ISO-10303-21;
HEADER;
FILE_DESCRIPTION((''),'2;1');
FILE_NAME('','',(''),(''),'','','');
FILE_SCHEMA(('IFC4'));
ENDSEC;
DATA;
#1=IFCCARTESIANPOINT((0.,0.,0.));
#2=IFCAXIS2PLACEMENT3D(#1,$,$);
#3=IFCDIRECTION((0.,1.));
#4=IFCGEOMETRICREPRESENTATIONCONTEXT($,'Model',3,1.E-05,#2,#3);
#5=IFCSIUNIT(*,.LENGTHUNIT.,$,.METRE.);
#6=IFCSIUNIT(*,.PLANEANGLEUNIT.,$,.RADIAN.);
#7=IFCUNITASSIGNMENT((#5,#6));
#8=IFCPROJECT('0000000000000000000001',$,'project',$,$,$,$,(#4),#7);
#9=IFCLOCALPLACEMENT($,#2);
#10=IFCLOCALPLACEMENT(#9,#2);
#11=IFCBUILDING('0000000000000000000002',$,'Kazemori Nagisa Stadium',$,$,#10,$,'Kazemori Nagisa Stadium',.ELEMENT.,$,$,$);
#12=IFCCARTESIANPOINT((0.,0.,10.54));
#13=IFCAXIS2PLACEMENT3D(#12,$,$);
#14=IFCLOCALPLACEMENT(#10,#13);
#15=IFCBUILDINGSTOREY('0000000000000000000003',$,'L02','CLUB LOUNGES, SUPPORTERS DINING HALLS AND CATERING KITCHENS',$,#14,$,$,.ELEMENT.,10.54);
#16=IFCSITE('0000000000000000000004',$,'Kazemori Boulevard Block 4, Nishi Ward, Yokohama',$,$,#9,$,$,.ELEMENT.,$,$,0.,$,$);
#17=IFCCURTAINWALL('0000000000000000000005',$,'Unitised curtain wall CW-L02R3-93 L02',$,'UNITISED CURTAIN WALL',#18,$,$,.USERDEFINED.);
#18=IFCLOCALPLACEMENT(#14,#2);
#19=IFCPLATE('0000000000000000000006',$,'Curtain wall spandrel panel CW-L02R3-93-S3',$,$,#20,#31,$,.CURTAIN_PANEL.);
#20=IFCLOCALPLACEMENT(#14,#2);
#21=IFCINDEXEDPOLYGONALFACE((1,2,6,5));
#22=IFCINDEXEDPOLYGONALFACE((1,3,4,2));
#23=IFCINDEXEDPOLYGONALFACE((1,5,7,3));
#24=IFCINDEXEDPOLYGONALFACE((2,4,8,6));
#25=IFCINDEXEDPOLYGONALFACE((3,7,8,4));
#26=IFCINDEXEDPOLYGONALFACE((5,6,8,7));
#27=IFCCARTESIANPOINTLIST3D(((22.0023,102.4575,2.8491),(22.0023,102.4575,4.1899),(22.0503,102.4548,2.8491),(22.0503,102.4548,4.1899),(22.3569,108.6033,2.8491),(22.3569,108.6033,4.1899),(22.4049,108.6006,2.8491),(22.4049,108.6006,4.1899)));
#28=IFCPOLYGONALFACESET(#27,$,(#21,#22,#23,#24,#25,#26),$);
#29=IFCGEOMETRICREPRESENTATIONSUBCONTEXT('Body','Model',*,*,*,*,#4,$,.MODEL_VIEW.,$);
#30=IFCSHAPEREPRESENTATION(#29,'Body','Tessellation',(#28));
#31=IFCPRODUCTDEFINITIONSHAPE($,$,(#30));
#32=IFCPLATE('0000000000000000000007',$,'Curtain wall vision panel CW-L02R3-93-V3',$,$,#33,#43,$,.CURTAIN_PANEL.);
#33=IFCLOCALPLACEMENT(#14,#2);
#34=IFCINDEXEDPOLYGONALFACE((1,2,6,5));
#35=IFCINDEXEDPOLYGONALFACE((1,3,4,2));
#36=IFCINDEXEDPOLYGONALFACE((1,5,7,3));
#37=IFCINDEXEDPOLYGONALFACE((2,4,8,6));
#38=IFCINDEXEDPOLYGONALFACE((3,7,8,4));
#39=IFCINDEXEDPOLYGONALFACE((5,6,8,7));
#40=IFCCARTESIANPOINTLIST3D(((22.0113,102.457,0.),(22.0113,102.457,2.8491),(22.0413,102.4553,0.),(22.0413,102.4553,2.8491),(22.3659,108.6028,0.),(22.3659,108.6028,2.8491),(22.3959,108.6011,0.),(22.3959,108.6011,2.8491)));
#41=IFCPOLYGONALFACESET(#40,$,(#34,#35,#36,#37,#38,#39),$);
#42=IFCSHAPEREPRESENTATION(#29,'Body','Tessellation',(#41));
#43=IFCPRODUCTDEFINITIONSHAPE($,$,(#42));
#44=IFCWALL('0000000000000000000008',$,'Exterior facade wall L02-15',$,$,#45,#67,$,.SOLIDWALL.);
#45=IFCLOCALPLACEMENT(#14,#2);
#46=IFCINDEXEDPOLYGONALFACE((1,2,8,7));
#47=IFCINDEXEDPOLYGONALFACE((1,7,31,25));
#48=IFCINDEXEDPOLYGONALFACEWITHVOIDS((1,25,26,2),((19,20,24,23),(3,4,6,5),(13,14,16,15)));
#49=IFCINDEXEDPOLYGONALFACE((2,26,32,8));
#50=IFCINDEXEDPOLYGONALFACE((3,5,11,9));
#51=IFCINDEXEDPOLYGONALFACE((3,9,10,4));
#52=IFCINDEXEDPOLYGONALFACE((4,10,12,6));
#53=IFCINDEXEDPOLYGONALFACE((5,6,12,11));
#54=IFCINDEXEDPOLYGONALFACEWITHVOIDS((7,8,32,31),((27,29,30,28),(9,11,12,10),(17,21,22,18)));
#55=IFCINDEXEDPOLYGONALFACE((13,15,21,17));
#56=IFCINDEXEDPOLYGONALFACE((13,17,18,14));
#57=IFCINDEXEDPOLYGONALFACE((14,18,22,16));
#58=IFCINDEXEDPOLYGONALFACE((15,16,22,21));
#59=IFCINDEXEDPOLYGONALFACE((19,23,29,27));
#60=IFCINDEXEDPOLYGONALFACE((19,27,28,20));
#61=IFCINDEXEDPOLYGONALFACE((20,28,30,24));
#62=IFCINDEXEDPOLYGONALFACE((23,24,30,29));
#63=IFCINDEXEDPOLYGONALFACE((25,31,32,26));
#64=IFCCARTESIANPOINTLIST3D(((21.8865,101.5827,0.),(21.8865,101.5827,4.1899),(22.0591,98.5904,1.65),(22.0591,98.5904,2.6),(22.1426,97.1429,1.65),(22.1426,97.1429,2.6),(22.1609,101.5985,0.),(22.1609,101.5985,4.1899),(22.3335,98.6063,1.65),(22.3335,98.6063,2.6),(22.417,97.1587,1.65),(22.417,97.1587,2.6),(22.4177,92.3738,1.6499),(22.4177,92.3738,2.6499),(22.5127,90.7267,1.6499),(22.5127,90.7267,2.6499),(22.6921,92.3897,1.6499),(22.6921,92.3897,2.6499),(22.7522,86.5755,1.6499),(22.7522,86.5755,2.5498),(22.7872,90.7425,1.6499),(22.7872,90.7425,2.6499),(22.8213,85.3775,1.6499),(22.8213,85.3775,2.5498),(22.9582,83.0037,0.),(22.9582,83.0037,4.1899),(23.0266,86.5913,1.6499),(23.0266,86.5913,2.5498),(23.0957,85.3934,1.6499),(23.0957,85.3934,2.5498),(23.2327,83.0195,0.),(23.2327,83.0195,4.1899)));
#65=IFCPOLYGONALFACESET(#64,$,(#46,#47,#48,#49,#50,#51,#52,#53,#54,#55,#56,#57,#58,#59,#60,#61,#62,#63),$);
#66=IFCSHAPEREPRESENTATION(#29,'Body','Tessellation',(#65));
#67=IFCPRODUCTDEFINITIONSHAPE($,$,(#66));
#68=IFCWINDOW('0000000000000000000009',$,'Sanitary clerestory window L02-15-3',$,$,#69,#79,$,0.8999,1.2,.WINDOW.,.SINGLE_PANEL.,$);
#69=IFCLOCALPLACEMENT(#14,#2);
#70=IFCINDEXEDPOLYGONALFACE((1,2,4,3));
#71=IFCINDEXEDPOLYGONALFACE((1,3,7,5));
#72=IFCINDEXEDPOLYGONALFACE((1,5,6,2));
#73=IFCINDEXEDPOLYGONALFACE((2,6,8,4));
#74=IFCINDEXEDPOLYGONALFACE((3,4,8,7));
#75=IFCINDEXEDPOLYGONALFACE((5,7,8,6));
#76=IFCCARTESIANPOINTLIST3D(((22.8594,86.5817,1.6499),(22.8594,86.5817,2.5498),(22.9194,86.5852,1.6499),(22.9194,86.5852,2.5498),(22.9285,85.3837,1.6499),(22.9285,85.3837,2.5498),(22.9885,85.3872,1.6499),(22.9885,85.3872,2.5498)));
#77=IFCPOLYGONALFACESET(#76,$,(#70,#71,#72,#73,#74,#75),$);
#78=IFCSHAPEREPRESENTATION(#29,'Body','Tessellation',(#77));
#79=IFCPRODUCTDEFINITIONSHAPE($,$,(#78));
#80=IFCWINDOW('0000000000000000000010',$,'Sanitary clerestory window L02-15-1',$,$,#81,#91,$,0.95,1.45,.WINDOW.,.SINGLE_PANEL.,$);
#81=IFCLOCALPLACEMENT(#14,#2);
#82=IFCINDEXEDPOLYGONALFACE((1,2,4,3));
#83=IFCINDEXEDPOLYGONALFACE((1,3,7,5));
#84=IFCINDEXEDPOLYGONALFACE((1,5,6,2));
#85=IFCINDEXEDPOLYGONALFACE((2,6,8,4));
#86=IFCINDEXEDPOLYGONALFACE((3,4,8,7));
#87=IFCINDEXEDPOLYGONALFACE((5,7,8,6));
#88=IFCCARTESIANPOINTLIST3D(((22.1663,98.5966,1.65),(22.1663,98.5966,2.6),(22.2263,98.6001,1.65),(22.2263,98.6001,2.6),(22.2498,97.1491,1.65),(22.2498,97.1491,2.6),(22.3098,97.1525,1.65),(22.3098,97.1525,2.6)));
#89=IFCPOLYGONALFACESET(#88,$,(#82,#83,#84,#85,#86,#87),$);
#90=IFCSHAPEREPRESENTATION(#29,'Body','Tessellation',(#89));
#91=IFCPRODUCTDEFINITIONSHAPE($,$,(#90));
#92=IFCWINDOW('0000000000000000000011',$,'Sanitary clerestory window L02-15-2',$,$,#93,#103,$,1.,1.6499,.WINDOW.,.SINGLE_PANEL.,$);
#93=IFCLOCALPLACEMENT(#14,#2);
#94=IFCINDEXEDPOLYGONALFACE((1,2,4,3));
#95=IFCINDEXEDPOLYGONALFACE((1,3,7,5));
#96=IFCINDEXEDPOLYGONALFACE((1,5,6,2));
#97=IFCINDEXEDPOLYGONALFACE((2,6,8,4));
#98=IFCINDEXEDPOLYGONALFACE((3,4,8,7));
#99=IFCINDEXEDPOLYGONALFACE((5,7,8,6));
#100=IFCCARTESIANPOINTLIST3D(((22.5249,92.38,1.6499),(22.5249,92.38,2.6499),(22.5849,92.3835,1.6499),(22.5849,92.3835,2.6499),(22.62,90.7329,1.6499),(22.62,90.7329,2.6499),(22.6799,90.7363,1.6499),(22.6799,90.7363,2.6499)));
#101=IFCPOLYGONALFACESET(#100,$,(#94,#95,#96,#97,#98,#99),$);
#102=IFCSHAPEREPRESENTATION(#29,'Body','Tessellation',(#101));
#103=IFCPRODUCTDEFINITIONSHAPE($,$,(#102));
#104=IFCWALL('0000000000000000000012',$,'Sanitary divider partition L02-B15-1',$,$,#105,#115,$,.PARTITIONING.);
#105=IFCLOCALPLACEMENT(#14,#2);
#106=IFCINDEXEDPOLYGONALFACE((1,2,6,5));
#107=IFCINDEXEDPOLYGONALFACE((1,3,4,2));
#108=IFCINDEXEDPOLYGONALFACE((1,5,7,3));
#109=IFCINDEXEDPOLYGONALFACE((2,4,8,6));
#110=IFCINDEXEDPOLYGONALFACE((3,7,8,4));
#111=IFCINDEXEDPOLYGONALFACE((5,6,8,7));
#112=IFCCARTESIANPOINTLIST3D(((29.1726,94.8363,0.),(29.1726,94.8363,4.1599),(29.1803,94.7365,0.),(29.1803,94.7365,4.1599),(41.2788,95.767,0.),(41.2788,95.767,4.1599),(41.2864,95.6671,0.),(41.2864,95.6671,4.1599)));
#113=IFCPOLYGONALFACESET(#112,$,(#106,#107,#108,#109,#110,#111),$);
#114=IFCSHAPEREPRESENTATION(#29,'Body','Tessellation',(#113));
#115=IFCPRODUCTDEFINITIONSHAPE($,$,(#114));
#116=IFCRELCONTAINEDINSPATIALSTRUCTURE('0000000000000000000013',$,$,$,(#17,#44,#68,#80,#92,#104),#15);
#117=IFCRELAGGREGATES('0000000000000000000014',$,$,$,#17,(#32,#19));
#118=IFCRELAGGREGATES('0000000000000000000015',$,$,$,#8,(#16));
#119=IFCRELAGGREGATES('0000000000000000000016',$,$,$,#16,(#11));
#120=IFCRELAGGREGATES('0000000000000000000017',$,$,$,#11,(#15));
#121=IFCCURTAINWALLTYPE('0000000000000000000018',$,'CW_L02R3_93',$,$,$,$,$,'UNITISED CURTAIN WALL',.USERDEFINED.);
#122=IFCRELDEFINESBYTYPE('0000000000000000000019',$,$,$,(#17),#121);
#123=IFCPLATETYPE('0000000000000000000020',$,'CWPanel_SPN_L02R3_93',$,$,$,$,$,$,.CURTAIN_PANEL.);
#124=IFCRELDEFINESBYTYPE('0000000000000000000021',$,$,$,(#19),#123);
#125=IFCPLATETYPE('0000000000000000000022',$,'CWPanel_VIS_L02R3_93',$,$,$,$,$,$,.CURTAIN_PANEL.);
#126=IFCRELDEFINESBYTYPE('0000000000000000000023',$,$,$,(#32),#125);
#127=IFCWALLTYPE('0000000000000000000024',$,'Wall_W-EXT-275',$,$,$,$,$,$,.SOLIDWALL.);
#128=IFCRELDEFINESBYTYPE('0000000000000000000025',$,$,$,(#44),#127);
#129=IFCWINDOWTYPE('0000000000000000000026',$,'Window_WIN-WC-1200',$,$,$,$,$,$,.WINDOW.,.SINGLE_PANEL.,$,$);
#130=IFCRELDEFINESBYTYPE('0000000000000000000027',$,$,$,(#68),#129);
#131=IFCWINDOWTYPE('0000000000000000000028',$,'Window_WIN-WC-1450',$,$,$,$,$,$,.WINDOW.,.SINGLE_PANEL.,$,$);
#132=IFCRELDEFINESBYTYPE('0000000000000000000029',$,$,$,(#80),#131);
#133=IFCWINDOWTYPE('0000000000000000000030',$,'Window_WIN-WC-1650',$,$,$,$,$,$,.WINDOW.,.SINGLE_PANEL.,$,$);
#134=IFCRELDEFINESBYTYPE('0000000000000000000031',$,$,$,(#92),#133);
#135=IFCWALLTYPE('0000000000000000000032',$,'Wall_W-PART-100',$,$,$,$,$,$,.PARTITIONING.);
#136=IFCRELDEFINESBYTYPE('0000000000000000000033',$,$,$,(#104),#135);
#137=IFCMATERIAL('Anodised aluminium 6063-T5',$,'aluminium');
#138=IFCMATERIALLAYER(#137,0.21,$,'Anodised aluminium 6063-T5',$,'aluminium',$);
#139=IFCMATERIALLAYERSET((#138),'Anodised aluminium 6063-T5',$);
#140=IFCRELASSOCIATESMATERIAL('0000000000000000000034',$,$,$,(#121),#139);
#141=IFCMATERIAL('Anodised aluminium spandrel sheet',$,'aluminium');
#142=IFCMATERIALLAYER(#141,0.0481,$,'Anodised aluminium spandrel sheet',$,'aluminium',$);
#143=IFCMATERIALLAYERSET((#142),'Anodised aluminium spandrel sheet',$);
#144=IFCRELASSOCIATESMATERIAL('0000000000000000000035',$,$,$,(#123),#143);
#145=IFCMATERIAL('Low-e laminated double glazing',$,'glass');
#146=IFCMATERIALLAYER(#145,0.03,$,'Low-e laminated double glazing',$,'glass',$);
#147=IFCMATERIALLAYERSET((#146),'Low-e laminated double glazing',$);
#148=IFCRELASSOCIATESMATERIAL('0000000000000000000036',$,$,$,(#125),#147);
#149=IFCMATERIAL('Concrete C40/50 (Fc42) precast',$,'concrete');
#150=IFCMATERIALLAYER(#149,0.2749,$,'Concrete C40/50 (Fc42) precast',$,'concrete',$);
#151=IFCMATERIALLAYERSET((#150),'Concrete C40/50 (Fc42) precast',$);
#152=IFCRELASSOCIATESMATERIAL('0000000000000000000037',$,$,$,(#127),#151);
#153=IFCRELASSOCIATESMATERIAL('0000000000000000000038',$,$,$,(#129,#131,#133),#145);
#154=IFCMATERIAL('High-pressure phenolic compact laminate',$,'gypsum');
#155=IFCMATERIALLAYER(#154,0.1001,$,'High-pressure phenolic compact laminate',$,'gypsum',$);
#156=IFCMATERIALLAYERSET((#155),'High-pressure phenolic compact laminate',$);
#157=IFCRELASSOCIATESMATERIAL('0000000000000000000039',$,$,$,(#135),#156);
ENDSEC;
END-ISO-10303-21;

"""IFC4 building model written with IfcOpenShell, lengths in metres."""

from ifc_helpers import new_model, si_unit, direction, frame, frame_2d, origin, origin_2d, place, context, subcontext, project, spatial, rectangle, extrude, material, layer, layer_set, type_object, element, fill, aggregate, save


model = new_model("IFC4")

# Units and contexts
model_context = context("Model", 3, precision=1e-05, world=origin(), true_north=direction((0.0, 1.0)))
body_context = subcontext(model_context, "Body", "Model", "MODEL_VIEW")
ifc_project = project(units=[si_unit("LENGTHUNIT", "METRE"), si_unit("PLANEANGLEUNIT", "RADIAN")], contexts=[model_context])

# Site, building, storey
site_placement = place(None, origin())
site = spatial("IfcSite", under=ifc_project, at=site_placement, Name="Kazemori Boulevard Block 4, Nishi Ward, Yokohama", CompositionType="ELEMENT", RefElevation=0.0)
building_placement = place(site_placement, origin())
building = spatial("IfcBuilding", under=site, at=building_placement, Name="Kazemori Nagisa Stadium", LongName="Kazemori Nagisa Stadium", CompositionType="ELEMENT")
storey_placement = place(building_placement, frame((0.0, 0.0, 10.54)))
storey = spatial("IfcBuildingStorey", under=building, at=storey_placement, Name="L02", Description="CLUB LOUNGES, SUPPORTERS DINING HALLS AND CATERING KITCHENS", CompositionType="ELEMENT", Elevation=10.54)

# Curtain wall, plates
ifc_material_1 = material(Name="Anodised aluminium 6063-T5", Category="aluminium")
ifc_layer_1 = layer(ifc_material_1, 0.21, Name="Anodised aluminium 6063-T5", Category="aluminium")
ifc_layer_set_1 = layer_set([ifc_layer_1], Name="Anodised aluminium 6063-T5")
curtain_wall_type = type_object("IfcCurtainWallType", Name="CW_L02R3_93", ElementType="UNITISED CURTAIN WALL", PredefinedType="USERDEFINED", material=ifc_layer_set_1)
curtain_wall_placement = place(storey_placement, origin())
curtain_wall = element("IfcCurtainWall", 1, at=curtain_wall_placement, inside=storey, type_object=curtain_wall_type, Name="Unitised curtain wall CW-L02R3-93 L02", ObjectType="UNITISED CURTAIN WALL", PredefinedType="USERDEFINED")
ifc_material_2 = material(Name="Anodised aluminium spandrel sheet", Category="aluminium")
ifc_layer_2 = layer(ifc_material_2, 0.0481, Name="Anodised aluminium spandrel sheet", Category="aluminium")
ifc_layer_set_2 = layer_set([ifc_layer_2], Name="Anodised aluminium spandrel sheet")
plate_type_1 = type_object("IfcPlateType", Name="CWPanel_SPN_L02R3_93", PredefinedType="CURTAIN_PANEL", material=ifc_layer_set_2)
plate_1_placement = place(storey_placement, frame((22.2036, 105.5291, 2.8491), z_axis=(0.0, 0.0, 1.0), x_axis=(-0.057602, -0.99834, 0.0)))
plate_1 = element("IfcPlate", 2, at=plate_1_placement, type_object=plate_type_1, Name="Curtain wall spandrel panel CW-L02R3-93-S3", PredefinedType="CURTAIN_PANEL", context=body_context, shape_type="SweptSolid", body=[
    extrude(rectangle(XDim=6.156, YDim=0.0481, at=origin_2d()), origin(), (0.0, 0.0, 1.0), 1.3408),
])
ifc_material_3 = material(Name="Low-e laminated double glazing", Category="glass")
ifc_layer_3 = layer(ifc_material_3, 0.03, Name="Low-e laminated double glazing", Category="glass")
ifc_layer_set_3 = layer_set([ifc_layer_3], Name="Low-e laminated double glazing")
plate_type_2 = type_object("IfcPlateType", Name="CWPanel_VIS_L02R3_93", PredefinedType="CURTAIN_PANEL", material=ifc_layer_set_3)
plate_2_placement = place(storey_placement, frame((22.2036, 105.5291, 0.0), z_axis=(0.0, 0.0, 1.0), x_axis=(-0.057602, -0.99834, 0.0)))
plate_2 = element("IfcPlate", 3, at=plate_2_placement, type_object=plate_type_2, Name="Curtain wall vision panel CW-L02R3-93-V3", PredefinedType="CURTAIN_PANEL", context=body_context, shape_type="SweptSolid", body=[
    extrude(rectangle(XDim=6.156, YDim=0.03, at=origin_2d()), origin(), (0.0, 0.0, 1.0), 2.8491),
])
aggregate(curtain_wall, [plate_2, plate_1])

# Wall, openings, windows
ifc_material_4 = material(Name="Concrete C40/50 (Fc42) precast", Category="concrete")
ifc_layer_4 = layer(ifc_material_4, 0.2749, Name="Concrete C40/50 (Fc42) precast", Category="concrete")
ifc_layer_set_4 = layer_set([ifc_layer_4], Name="Concrete C40/50 (Fc42) precast")
wall_type_1 = type_object("IfcWallType", Name="Wall_W-EXT-275", PredefinedType="SOLIDWALL", material=ifc_layer_set_4)
wall_1_placement = place(storey_placement, frame((22.0237, 101.5906, 0.0), z_axis=(0.0, 0.0, 1.0), x_axis=(0.057592, -0.99834, 0.0)))
wall_1 = element("IfcWall", 4, at=wall_1_placement, inside=storey, type_object=wall_type_1, Name="Exterior facade wall L02-15", PredefinedType="SOLIDWALL", context=body_context, shape_type="SweptSolid", body=[
    extrude(rectangle(XDim=18.6099, YDim=0.2749, at=frame_2d((9.3049, 0.0))), origin(), (0.0, 0.0, 1.0), 4.1899),
])
opening_1_placement = place(wall_1_placement, frame((2.9971, 0.0, 1.6499)))
opening_1 = element("IfcOpeningElement", 5, at=opening_1_placement, cuts=wall_1, PredefinedType="OPENING", context=body_context, shape_type="SweptSolid", body=[
    extrude(rectangle(XDim=1.45, YDim=0.95, at=frame_2d((0.7251, 0.4751))), frame((0.0, 0.1475, 0.0), z_axis=(0.0, -1.0, 0.0), x_axis=(1.0, 0.0, 0.0)), (0.0, 0.0, 1.0), 0.2949),
])
opening_2_placement = place(wall_1_placement, frame((9.2241, 0.0, 1.6499)))
opening_2 = element("IfcOpeningElement", 6, at=opening_2_placement, cuts=wall_1, PredefinedType="OPENING", context=body_context, shape_type="SweptSolid", body=[
    extrude(rectangle(XDim=1.6499, YDim=1.0, at=frame_2d((0.825, 0.5))), frame((0.0, 0.1475, 0.0), z_axis=(0.0, -1.0, 0.0), x_axis=(1.0, 0.0, 0.0)), (0.0, 0.0, 1.0), 0.2949),
])
opening_3_placement = place(wall_1_placement, frame((15.032, 0.0, 1.6499)))
opening_3 = element("IfcOpeningElement", 7, at=opening_3_placement, cuts=wall_1, PredefinedType="OPENING", context=body_context, shape_type="SweptSolid", body=[
    extrude(rectangle(XDim=1.2, YDim=0.8999, at=frame_2d((0.6001, 0.45))), frame((0.0, 0.1475, 0.0), z_axis=(0.0, -1.0, 0.0), x_axis=(1.0, 0.0, 0.0)), (0.0, 0.0, 1.0), 0.2949),
])
window_type_1 = type_object("IfcWindowType", Name="Window_WIN-WC-1200", PartitioningType="SINGLE_PANEL", PredefinedType="WINDOW", material=ifc_material_3)
window_1_placement = place(opening_3_placement, origin())
window_1 = element("IfcWindow", 8, at=window_1_placement, inside=storey, type_object=window_type_1, Name="Sanitary clerestory window L02-15-3", OverallHeight=0.8999, OverallWidth=1.2, PartitioningType="SINGLE_PANEL", PredefinedType="WINDOW", context=body_context, shape_type="SweptSolid", body=[
    extrude(rectangle(XDim=1.2, YDim=0.8999, at=frame_2d((0.6001, 0.45))), frame((0.0, 0.03, 0.0), z_axis=(0.0, -1.0, 0.0), x_axis=(1.0, 0.0, 0.0)), (0.0, 0.0, 1.0), 0.0601),
])
fill(opening_3, window_1)
window_type_2 = type_object("IfcWindowType", Name="Window_WIN-WC-1450", PartitioningType="SINGLE_PANEL", PredefinedType="WINDOW", material=ifc_material_3)
window_2_placement = place(opening_1_placement, origin())
window_2 = element("IfcWindow", 9, at=window_2_placement, inside=storey, type_object=window_type_2, Name="Sanitary clerestory window L02-15-1", OverallHeight=0.95, OverallWidth=1.45, PartitioningType="SINGLE_PANEL", PredefinedType="WINDOW", context=body_context, shape_type="SweptSolid", body=[
    extrude(rectangle(XDim=1.45, YDim=0.95, at=frame_2d((0.7251, 0.4751))), frame((0.0, 0.03, 0.0), z_axis=(0.0, -1.0, 0.0), x_axis=(1.0, 0.0, 0.0)), (0.0, 0.0, 1.0), 0.0601),
])
fill(opening_1, window_2)
window_type_3 = type_object("IfcWindowType", Name="Window_WIN-WC-1650", PartitioningType="SINGLE_PANEL", PredefinedType="WINDOW", material=ifc_material_3)
window_3_placement = place(opening_2_placement, origin())
window_3 = element("IfcWindow", 10, at=window_3_placement, inside=storey, type_object=window_type_3, Name="Sanitary clerestory window L02-15-2", OverallHeight=1.0, OverallWidth=1.6499, PartitioningType="SINGLE_PANEL", PredefinedType="WINDOW", context=body_context, shape_type="SweptSolid", body=[
    extrude(rectangle(XDim=1.6499, YDim=1.0, at=frame_2d((0.825, 0.5))), frame((0.0, 0.03, 0.0), z_axis=(0.0, -1.0, 0.0), x_axis=(1.0, 0.0, 0.0)), (0.0, 0.0, 1.0), 0.0601),
])
fill(opening_2, window_3)

# Wall
ifc_material_5 = material(Name="High-pressure phenolic compact laminate", Category="gypsum")
ifc_layer_5 = layer(ifc_material_5, 0.1001, Name="High-pressure phenolic compact laminate", Category="gypsum")
ifc_layer_set_5 = layer_set([ifc_layer_5], Name="High-pressure phenolic compact laminate")
wall_type_2 = type_object("IfcWallType", Name="Wall_W-PART-100", PredefinedType="PARTITIONING", material=ifc_layer_set_5)
wall_2_placement = place(storey_placement, frame((41.2825, 95.717, 0.0), z_axis=(0.0, 0.0, 1.0), x_axis=(-0.997058, -0.076649, 0.0)))
element("IfcWall", 11, at=wall_2_placement, inside=storey, type_object=wall_type_2, Name="Sanitary divider partition L02-B15-1", PredefinedType="PARTITIONING", context=body_context, shape_type="SweptSolid", body=[
    extrude(rectangle(XDim=12.1418, YDim=0.1001, at=frame_2d((6.0708, 0.0))), origin(), (0.0, 0.0, 1.0), 4.1599),
])

save(model, "model.ifc")
